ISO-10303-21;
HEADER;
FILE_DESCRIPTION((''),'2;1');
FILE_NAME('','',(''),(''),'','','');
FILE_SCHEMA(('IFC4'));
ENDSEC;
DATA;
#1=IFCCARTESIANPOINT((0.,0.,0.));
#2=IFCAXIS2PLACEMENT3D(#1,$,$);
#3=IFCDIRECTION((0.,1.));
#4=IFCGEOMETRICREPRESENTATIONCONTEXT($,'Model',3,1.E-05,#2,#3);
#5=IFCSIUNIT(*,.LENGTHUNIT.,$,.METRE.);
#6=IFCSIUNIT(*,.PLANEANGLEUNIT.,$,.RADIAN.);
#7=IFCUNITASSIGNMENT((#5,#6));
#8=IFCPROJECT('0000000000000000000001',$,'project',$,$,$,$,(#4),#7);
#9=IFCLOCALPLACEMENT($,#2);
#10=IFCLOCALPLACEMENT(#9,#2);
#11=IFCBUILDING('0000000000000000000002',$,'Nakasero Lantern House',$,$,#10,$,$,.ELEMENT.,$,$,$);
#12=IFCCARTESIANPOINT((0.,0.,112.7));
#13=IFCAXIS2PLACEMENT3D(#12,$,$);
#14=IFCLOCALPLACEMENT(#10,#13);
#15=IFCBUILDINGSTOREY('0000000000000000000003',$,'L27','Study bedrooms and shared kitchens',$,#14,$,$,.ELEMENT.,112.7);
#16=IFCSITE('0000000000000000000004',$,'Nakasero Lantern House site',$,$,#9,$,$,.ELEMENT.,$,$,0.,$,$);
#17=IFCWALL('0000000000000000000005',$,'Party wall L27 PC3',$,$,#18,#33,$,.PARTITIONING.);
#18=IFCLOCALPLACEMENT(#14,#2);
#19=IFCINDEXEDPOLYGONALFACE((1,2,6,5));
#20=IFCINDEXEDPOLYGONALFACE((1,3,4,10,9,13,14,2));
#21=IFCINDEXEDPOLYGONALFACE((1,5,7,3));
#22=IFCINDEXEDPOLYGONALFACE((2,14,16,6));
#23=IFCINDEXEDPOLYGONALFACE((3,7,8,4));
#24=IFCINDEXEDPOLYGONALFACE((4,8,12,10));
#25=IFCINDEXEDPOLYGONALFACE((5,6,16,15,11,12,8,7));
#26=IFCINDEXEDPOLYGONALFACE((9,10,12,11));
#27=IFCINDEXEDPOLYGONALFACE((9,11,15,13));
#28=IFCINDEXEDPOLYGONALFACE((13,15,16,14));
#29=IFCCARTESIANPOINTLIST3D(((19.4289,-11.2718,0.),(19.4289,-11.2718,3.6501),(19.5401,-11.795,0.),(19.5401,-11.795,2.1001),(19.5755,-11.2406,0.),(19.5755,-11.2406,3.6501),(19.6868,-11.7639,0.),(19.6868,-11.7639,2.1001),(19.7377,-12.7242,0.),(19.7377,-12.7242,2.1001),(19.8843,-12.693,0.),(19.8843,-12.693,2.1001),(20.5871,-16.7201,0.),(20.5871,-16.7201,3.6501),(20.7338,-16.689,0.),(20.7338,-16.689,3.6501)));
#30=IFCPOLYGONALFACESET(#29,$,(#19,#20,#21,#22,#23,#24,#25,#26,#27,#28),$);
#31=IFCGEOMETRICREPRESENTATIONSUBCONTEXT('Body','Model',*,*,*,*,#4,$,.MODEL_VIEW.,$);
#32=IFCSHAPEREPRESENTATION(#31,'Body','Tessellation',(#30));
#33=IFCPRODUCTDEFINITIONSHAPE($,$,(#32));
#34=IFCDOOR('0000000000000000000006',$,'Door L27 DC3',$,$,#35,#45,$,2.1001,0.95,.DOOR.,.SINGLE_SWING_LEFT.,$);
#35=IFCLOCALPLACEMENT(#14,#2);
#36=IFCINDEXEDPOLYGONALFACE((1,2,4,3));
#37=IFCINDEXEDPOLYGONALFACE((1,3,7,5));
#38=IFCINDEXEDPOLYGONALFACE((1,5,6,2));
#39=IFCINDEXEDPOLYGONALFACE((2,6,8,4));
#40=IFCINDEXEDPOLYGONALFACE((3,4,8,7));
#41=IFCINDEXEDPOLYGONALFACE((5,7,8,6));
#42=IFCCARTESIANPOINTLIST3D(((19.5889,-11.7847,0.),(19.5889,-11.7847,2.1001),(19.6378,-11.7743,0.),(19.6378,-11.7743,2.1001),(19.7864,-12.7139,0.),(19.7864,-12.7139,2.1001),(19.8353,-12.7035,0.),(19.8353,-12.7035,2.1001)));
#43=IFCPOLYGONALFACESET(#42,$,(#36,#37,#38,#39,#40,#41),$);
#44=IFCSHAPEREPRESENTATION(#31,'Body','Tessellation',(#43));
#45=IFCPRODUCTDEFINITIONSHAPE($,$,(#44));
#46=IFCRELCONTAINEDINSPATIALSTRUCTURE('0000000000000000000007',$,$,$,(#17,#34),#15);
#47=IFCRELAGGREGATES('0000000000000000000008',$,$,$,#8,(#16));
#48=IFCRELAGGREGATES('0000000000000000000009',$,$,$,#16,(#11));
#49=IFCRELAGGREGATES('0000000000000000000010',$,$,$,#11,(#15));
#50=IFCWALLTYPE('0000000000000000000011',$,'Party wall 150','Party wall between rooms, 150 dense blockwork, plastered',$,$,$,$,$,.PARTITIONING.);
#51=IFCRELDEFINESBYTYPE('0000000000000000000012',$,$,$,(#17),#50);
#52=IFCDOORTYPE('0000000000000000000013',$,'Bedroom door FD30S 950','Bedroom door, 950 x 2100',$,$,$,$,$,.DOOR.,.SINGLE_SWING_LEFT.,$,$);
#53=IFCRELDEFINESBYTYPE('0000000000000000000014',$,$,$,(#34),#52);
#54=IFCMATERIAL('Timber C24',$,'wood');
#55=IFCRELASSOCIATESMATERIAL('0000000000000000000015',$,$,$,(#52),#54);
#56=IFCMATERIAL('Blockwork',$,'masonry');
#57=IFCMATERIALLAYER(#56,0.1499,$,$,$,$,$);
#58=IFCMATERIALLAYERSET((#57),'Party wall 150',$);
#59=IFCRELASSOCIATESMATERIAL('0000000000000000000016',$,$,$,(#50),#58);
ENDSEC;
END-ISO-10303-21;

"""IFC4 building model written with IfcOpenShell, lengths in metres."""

from ifc_helpers import new_model, si_unit, direction, frame, frame_2d, origin, place, context, subcontext, project, spatial, rectangle, extrude, material, layer, layer_set, type_object, element, fill, save


model = new_model("IFC4")

# Units and contexts
model_context = context("Model", 3, precision=1e-05, world=origin(), true_north=direction((0.0, 1.0)))
body_context = subcontext(model_context, "Body", "Model", "MODEL_VIEW")
ifc_project = project(units=[si_unit("LENGTHUNIT", "METRE"), si_unit("PLANEANGLEUNIT", "RADIAN")], contexts=[model_context])

# Site, building, storey
site_placement = place(None, origin())
site = spatial("IfcSite", under=ifc_project, at=site_placement, Name="Nakasero Lantern House site", CompositionType="ELEMENT", RefElevation=0.0)
building_placement = place(site_placement, origin())
building = spatial("IfcBuilding", under=site, at=building_placement, Name="Nakasero Lantern House", CompositionType="ELEMENT")
storey_placement = place(building_placement, frame((0.0, 0.0, 112.7)))
storey = spatial("IfcBuildingStorey", under=building, at=storey_placement, Name="L27", Description="Study bedrooms and shared kitchens", CompositionType="ELEMENT", Elevation=112.7)

# Shared definitions
ifc_material_1 = material(Name="Timber C24", Category="wood")
door_type_1 = type_object("IfcDoorType", Name="Bedroom door FD30S 950", Description="Bedroom door, 950 x 2100", OperationType="SINGLE_SWING_LEFT", PredefinedType="DOOR", material=ifc_material_1)

# Wall, opening, door
ifc_material_2 = material(Name="Blockwork", Category="masonry")
ifc_layer_1 = layer(ifc_material_2, 0.1499)
ifc_layer_set_1 = layer_set([ifc_layer_1], Name="Party wall 150")
wall_type_1 = type_object("IfcWallType", Name="Party wall 150", Description="Party wall between rooms, 150 dense blockwork, plastered", PredefinedType="PARTITIONING", material=ifc_layer_set_1)
wall_1_placement = place(storey_placement, frame((19.5022, -11.2561, 0.0), z_axis=(0.0, 0.0, 1.0), x_axis=(0.207936, -0.978142, 0.0)))
wall_1 = element("IfcWall", 1, at=wall_1_placement, inside=storey, type_object=wall_type_1, Name="Party wall L27 PC3", PredefinedType="PARTITIONING", context=body_context, shape_type="SweptSolid", body=[
    extrude(rectangle(XDim=5.5701, YDim=0.1499, at=frame_2d((2.7852, 0.0))), origin(), (0.0, 0.0, 1.0), 3.6501),
])
opening_1_placement = place(wall_1_placement, frame((0.5349, 0.0, 0.0)))
opening_1 = element("IfcOpeningElement", 2, at=opening_1_placement, cuts=wall_1, PredefinedType="OPENING", context=body_context, shape_type="SweptSolid", body=[
    extrude(rectangle(XDim=0.95, YDim=2.1001, at=frame_2d((0.4751, 1.05))), frame((0.0, 0.095, 0.0), z_axis=(0.0, -1.0, 0.0), x_axis=(1.0, 0.0, 0.0)), (0.0, 0.0, 1.0), 0.1899),
])
door_1_placement = place(opening_1_placement, origin())
door_1 = element("IfcDoor", 3, at=door_1_placement, inside=storey, type_object=door_type_1, Name="Door L27 DC3", OperationType="SINGLE_SWING_LEFT", OverallHeight=2.1001, OverallWidth=0.95, PredefinedType="DOOR", context=body_context, shape_type="SweptSolid", body=[
    extrude(rectangle(XDim=0.95, YDim=2.1001, at=frame_2d((0.4751, 1.05))), frame((0.0, 0.0249, 0.0), z_axis=(0.0, -1.0, 0.0), x_axis=(1.0, 0.0, 0.0)), (0.0, 0.0, 1.0), 0.05),
])
fill(opening_1, door_1)

save(model, "model.ifc")
